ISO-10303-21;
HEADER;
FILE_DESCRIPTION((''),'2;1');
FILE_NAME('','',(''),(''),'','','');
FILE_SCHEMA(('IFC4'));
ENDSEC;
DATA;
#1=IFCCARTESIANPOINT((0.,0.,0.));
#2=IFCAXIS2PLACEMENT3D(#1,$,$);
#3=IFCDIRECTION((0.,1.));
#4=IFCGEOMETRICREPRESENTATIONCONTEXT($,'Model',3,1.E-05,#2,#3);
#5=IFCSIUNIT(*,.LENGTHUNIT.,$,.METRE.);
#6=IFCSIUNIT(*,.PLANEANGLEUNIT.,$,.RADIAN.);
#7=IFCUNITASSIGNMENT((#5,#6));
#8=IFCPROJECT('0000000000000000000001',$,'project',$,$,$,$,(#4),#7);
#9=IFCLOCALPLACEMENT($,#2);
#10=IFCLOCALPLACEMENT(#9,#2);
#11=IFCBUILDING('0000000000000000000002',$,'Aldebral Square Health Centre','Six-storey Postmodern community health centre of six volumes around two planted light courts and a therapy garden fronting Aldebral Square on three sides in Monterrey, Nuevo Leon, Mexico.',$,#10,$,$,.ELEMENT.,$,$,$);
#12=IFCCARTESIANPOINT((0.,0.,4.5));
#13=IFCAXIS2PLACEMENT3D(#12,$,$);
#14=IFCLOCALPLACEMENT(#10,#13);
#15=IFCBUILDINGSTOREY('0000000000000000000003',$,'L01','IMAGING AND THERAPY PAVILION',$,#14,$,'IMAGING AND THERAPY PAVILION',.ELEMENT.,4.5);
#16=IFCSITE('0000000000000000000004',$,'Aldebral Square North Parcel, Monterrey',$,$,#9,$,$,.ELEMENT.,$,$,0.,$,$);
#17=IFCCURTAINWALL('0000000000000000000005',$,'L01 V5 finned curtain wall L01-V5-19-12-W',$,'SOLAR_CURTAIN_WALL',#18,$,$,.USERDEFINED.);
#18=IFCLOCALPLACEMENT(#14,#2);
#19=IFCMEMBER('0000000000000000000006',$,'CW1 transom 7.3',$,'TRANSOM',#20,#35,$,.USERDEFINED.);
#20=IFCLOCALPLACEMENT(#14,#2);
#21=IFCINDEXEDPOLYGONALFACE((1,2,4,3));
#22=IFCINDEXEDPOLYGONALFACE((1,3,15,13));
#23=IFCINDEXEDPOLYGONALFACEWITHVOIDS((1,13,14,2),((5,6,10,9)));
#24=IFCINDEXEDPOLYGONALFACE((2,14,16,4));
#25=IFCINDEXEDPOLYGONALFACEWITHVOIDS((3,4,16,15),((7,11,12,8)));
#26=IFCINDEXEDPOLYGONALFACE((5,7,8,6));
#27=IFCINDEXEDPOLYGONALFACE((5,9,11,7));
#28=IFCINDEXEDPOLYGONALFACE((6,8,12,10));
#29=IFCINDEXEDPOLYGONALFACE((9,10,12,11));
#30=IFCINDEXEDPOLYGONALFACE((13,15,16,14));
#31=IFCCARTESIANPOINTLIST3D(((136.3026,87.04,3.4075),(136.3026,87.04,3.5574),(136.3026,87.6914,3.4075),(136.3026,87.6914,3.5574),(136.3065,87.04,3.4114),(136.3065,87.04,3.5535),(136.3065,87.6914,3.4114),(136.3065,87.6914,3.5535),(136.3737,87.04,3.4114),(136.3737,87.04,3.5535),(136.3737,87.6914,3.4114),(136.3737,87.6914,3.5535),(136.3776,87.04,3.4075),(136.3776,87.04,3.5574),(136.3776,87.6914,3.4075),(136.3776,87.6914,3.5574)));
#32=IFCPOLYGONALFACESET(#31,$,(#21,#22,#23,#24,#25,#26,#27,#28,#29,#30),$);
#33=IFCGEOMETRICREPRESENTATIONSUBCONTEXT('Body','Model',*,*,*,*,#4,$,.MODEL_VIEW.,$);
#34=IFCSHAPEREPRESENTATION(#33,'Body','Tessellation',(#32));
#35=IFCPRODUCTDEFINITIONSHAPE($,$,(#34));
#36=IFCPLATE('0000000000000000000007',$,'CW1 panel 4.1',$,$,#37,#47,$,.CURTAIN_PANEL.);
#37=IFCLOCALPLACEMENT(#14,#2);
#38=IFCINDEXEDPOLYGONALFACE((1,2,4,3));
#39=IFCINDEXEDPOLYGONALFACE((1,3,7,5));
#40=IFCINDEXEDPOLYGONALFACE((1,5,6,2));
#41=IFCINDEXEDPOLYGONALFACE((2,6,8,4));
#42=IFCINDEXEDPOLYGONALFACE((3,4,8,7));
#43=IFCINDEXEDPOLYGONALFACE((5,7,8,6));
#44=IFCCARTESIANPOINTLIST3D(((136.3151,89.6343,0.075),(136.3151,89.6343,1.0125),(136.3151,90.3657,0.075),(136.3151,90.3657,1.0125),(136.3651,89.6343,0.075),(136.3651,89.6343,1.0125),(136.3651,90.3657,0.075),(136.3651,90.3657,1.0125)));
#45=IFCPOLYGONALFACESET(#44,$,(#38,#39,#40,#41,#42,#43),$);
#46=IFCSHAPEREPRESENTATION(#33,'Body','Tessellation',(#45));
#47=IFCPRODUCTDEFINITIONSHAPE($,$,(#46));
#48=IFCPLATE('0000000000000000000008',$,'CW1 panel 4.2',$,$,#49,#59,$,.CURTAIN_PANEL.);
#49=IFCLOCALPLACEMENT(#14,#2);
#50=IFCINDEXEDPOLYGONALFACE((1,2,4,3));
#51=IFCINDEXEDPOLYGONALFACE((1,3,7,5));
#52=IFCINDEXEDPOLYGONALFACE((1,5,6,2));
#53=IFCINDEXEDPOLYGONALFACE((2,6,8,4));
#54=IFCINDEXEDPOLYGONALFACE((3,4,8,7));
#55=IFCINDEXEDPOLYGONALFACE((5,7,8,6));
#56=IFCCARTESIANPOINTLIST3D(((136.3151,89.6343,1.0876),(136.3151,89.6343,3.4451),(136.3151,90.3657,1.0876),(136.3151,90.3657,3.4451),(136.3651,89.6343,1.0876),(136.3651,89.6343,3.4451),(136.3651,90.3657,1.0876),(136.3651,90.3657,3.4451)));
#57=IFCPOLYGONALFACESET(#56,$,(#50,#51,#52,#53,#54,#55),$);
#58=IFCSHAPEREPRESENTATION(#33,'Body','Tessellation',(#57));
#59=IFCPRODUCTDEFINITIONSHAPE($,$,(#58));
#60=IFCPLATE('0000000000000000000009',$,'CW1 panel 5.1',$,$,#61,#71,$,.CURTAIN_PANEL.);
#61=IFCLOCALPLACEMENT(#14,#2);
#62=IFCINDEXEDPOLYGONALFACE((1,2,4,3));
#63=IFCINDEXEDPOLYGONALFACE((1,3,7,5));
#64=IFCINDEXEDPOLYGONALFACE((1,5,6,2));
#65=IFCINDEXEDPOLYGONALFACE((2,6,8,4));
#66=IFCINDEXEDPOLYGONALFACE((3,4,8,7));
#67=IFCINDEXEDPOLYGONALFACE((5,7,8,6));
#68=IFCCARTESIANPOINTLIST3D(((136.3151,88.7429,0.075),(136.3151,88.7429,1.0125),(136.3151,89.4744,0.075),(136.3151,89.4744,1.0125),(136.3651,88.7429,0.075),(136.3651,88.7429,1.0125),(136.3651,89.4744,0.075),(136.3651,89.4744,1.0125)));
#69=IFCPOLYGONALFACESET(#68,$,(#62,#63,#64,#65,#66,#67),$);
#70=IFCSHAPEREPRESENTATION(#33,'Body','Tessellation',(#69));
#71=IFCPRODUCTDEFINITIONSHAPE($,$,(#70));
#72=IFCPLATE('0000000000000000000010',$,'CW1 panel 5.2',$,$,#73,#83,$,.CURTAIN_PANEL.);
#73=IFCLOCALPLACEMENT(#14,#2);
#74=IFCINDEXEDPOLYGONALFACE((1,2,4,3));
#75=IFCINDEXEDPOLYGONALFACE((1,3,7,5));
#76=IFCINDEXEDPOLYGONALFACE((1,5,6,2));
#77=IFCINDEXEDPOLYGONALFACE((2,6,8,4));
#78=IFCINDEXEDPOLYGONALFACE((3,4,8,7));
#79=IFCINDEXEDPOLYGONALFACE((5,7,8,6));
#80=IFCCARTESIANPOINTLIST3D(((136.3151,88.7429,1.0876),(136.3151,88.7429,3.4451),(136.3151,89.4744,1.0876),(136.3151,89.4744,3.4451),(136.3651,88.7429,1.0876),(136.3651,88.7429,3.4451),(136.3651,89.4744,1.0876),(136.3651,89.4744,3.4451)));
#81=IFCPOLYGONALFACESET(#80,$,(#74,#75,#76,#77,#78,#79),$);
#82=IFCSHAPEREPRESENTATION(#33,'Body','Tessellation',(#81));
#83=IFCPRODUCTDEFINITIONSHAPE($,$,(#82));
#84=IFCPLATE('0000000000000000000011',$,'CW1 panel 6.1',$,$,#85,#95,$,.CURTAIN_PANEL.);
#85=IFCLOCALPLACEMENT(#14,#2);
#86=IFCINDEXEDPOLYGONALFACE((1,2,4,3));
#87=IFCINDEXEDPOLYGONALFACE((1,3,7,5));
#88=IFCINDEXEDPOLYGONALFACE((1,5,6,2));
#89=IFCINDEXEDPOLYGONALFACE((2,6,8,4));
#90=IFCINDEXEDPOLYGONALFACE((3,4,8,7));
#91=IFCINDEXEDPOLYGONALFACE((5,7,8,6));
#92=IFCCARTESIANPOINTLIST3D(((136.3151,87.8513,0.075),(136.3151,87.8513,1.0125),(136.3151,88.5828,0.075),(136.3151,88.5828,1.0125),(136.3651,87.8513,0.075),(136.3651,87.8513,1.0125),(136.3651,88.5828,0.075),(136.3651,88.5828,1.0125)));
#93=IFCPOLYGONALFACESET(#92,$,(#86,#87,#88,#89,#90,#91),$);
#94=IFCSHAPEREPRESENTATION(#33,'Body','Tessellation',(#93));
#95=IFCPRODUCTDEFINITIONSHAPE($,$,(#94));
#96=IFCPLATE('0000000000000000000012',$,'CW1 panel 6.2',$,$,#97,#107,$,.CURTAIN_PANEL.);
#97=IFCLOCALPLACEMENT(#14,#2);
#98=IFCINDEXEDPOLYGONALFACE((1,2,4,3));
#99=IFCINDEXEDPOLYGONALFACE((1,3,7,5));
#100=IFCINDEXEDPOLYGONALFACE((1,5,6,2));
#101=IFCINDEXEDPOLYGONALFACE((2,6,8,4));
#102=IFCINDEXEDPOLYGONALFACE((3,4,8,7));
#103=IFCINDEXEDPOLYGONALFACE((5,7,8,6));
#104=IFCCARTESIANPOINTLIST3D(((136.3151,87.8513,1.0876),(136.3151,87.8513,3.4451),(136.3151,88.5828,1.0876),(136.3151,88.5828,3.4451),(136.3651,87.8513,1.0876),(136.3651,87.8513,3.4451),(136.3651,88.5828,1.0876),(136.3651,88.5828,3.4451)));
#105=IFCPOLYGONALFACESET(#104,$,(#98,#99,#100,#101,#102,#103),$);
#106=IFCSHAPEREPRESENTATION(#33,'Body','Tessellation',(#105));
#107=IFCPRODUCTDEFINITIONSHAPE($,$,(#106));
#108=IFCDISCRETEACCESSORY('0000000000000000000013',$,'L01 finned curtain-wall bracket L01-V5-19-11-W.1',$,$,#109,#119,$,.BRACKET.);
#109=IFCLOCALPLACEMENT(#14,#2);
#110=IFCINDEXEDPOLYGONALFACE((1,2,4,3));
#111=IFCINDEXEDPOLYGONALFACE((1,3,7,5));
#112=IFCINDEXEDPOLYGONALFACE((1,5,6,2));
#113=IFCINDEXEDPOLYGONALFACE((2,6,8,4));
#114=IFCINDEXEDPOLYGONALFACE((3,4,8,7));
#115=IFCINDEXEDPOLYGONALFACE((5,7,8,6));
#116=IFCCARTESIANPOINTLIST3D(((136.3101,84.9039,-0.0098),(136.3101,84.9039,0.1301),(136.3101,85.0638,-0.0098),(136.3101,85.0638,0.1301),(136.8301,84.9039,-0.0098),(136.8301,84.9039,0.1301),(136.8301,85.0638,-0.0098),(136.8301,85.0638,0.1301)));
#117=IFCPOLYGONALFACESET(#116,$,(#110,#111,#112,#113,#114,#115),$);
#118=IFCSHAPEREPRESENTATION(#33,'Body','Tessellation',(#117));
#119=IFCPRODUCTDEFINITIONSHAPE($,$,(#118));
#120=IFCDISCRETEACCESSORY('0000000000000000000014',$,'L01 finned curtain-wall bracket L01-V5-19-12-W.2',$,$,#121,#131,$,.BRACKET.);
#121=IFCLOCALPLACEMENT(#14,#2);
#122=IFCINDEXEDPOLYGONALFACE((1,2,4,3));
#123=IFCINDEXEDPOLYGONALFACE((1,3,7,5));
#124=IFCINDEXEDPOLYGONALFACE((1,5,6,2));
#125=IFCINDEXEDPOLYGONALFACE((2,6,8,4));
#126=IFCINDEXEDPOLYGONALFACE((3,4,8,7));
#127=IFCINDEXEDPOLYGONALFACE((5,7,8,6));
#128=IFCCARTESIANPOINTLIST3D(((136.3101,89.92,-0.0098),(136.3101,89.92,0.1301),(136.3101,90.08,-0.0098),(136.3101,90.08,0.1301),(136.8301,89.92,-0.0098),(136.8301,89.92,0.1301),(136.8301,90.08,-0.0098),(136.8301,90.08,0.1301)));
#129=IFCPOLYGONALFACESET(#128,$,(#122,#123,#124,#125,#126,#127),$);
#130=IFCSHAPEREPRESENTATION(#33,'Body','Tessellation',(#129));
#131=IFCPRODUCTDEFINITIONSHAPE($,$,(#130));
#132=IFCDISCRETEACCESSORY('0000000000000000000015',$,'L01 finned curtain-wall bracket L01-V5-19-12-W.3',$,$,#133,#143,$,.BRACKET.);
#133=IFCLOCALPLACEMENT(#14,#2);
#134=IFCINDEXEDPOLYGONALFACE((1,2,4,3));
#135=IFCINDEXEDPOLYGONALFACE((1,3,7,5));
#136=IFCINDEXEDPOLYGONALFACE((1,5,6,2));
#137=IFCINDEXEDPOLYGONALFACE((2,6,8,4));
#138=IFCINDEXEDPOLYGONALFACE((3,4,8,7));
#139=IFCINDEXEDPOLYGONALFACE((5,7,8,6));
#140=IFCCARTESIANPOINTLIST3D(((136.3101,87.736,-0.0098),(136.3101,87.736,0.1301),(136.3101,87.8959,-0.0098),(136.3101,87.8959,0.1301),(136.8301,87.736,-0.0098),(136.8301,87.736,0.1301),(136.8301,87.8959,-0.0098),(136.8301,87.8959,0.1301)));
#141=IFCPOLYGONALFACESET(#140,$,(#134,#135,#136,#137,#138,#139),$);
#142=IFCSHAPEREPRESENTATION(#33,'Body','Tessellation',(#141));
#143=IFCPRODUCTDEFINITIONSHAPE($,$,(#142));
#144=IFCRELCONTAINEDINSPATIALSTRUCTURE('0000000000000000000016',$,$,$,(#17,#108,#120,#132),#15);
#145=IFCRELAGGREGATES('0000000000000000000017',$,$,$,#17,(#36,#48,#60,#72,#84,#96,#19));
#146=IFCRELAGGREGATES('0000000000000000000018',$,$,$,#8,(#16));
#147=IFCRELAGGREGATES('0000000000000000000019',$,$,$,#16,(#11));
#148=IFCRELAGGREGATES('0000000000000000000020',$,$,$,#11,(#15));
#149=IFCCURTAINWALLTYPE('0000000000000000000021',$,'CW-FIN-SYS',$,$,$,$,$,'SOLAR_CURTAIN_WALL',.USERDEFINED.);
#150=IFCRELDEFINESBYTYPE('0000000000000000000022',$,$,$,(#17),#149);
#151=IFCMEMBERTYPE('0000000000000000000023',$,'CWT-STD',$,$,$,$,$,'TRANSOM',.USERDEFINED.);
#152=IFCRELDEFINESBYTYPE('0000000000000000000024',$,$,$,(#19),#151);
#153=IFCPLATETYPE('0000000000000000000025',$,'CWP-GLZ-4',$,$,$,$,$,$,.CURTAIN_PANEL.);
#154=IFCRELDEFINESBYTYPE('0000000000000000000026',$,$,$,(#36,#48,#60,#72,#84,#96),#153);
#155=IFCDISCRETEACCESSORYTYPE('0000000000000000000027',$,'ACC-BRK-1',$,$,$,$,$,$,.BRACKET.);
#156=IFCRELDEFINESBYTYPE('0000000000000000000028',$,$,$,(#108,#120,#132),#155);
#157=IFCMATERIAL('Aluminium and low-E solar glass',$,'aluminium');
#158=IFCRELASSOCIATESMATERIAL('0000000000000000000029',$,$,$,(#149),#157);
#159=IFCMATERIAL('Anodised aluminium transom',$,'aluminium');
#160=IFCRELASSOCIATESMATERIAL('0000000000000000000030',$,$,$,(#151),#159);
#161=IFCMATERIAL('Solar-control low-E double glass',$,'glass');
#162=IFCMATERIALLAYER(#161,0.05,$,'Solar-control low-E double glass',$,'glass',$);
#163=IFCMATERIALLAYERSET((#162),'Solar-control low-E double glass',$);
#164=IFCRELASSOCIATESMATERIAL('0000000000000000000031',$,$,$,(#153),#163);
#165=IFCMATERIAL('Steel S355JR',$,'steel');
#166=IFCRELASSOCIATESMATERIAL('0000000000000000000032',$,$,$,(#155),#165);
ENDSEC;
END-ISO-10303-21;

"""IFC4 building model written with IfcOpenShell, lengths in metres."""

from ifc_helpers import new_model, si_unit, direction, frame, origin, origin_2d, place, context, subcontext, project, spatial, rectangle, hollow_rectangle, extrude, material, layer, layer_set, material_profile, profile_set, type_object, element, aggregate, save


model = new_model("IFC4")

# Units and contexts
model_context = context("Model", 3, precision=1e-05, world=origin(), true_north=direction((0.0, 1.0)))
body_context = subcontext(model_context, "Body", "Model", "MODEL_VIEW")
ifc_project = project(units=[si_unit("LENGTHUNIT", "METRE"), si_unit("PLANEANGLEUNIT", "RADIAN")], contexts=[model_context])

# Site, building, storey
site_placement = place(None, origin())
site = spatial("IfcSite", under=ifc_project, at=site_placement, Name="Aldebral Square North Parcel, Monterrey", CompositionType="ELEMENT", RefElevation=0.0)
building_placement = place(site_placement, origin())
building = spatial("IfcBuilding", under=site, at=building_placement, Name="Aldebral Square Health Centre", Description="Six-storey Postmodern community health centre of six volumes around two planted light courts and a therapy garden fronting Aldebral Square on three sides in Monterrey, Nuevo Leon, Mexico.", CompositionType="ELEMENT")
storey_placement = place(building_placement, frame((0.0, 0.0, 4.5)))
storey = spatial("IfcBuildingStorey", under=building, at=storey_placement, Name="L01", Description="IMAGING AND THERAPY PAVILION", LongName="IMAGING AND THERAPY PAVILION", CompositionType="ELEMENT", Elevation=4.5)

# Curtain wall, member, plates
ifc_material_1 = material(Name="Aluminium and low-E solar glass", Category="aluminium")
curtain_wall_type = type_object("IfcCurtainWallType", Name="CW-FIN-SYS", ElementType="SOLAR_CURTAIN_WALL", PredefinedType="USERDEFINED", material=ifc_material_1)
curtain_wall_placement = place(storey_placement, origin())
curtain_wall = element("IfcCurtainWall", 1, at=curtain_wall_placement, inside=storey, type_object=curtain_wall_type, Name="L01 V5 finned curtain wall L01-V5-19-12-W", ObjectType="SOLAR_CURTAIN_WALL", PredefinedType="USERDEFINED")
ifc_material_2 = material(Name="Anodised aluminium transom", Category="aluminium")
ifc_material_profile_1 = material_profile(ifc_material_2, hollow_rectangle(XDim=0.075, YDim=0.1499, WallThickness=0.0039, at=origin_2d()), Name="CWT 75x150x4")
ifc_profile_set_1 = profile_set([ifc_material_profile_1], Name="Anodised aluminium transom")
member_type_1 = type_object("IfcMemberType", Name="CWT-STD", ElementType="TRANSOM", PredefinedType="USERDEFINED", material=ifc_profile_set_1)
member_1_placement = place(storey_placement, frame((136.3401, 87.6914, 3.4824), z_axis=(0.0, -1.0, 0.0), x_axis=(1.0, 0.0, 0.0)))
member_1 = element("IfcMember", 2, at=member_1_placement, type_object=member_type_1, Name="CW1 transom 7.3", ObjectType="TRANSOM", PredefinedType="USERDEFINED", context=body_context, shape_type="SweptSolid", body=[
    extrude(hollow_rectangle(XDim=0.075, YDim=0.1499, WallThickness=0.0039, at=origin_2d()), origin(), (0.0, 0.0, 1.0), 0.6514),
])
ifc_material_3 = material(Name="Solar-control low-E double glass", Category="glass")
ifc_layer = layer(ifc_material_3, 0.05, Name="Solar-control low-E double glass", Category="glass")
ifc_layer_set = layer_set([ifc_layer], Name="Solar-control low-E double glass")
plate_type = type_object("IfcPlateType", Name="CWP-GLZ-4", PredefinedType="CURTAIN_PANEL", material=ifc_layer_set)
plate_1_placement = place(storey_placement, frame((136.3401, 90.0, 0.075), z_axis=(0.0, 0.0, 1.0), x_axis=(0.0, -1.0, 0.0)))
plate_1 = element("IfcPlate", 3, at=plate_1_placement, type_object=plate_type, Name="CW1 panel 4.1", PredefinedType="CURTAIN_PANEL", context=body_context, shape_type="SweptSolid", body=[
    extrude(rectangle(XDim=0.7314, YDim=0.05, at=origin_2d()), origin(), (0.0, 0.0, 1.0), 0.9375),
])
plate_2_placement = place(storey_placement, frame((136.3401, 90.0, 1.0876), z_axis=(0.0, 0.0, 1.0), x_axis=(0.0, -1.0, 0.0)))
plate_2 = element("IfcPlate", 4, at=plate_2_placement, type_object=plate_type, Name="CW1 panel 4.2", PredefinedType="CURTAIN_PANEL", context=body_context, shape_type="SweptSolid", body=[
    extrude(rectangle(XDim=0.7314, YDim=0.05, at=origin_2d()), origin(), (0.0, 0.0, 1.0), 2.3574),
])
plate_3_placement = place(storey_placement, frame((136.3401, 89.1086, 0.075), z_axis=(0.0, 0.0, 1.0), x_axis=(0.0, -1.0, 0.0)))
plate_3 = element("IfcPlate", 5, at=plate_3_placement, type_object=plate_type, Name="CW1 panel 5.1", PredefinedType="CURTAIN_PANEL", context=body_context, shape_type="SweptSolid", body=[
    extrude(rectangle(XDim=0.7314, YDim=0.05, at=origin_2d()), origin(), (0.0, 0.0, 1.0), 0.9375),
])
plate_4_placement = place(storey_placement, frame((136.3401, 89.1086, 1.0876), z_axis=(0.0, 0.0, 1.0), x_axis=(0.0, -1.0, 0.0)))
plate_4 = element("IfcPlate", 6, at=plate_4_placement, type_object=plate_type, Name="CW1 panel 5.2", PredefinedType="CURTAIN_PANEL", context=body_context, shape_type="SweptSolid", body=[
    extrude(rectangle(XDim=0.7314, YDim=0.05, at=origin_2d()), origin(), (0.0, 0.0, 1.0), 2.3574),
])
plate_5_placement = place(storey_placement, frame((136.3401, 88.217, 0.075), z_axis=(0.0, 0.0, 1.0), x_axis=(0.0, -1.0, 0.0)))
plate_5 = element("IfcPlate", 7, at=plate_5_placement, type_object=plate_type, Name="CW1 panel 6.1", PredefinedType="CURTAIN_PANEL", context=body_context, shape_type="SweptSolid", body=[
    extrude(rectangle(XDim=0.7314, YDim=0.05, at=origin_2d()), origin(), (0.0, 0.0, 1.0), 0.9375),
])
plate_6_placement = place(storey_placement, frame((136.3401, 88.217, 1.0876), z_axis=(0.0, 0.0, 1.0), x_axis=(0.0, -1.0, 0.0)))
plate_6 = element("IfcPlate", 8, at=plate_6_placement, type_object=plate_type, Name="CW1 panel 6.2", PredefinedType="CURTAIN_PANEL", context=body_context, shape_type="SweptSolid", body=[
    extrude(rectangle(XDim=0.7314, YDim=0.05, at=origin_2d()), origin(), (0.0, 0.0, 1.0), 2.3574),
])
aggregate(curtain_wall, [plate_1, plate_2, plate_3, plate_4, plate_5, plate_6, member_1])

# Discrete accessories
ifc_material_4 = material(Name="Steel S355JR", Category="steel")
discrete_accessory_type = type_object("IfcDiscreteAccessoryType", Name="ACC-BRK-1", PredefinedType="BRACKET", material=ifc_material_4)
for number, where, z_axis, x_axis, name in (
    (9, (136.5701, 84.9839, -0.0098), (0.0, 0.0, 1.0), (0.0, 1.0, 0.0), "L01 finned curtain-wall bracket L01-V5-19-11-W.1"),
    (10, (136.5701, 90.0, -0.0098), (0.0, 0.0, 1.0), (0.0, 1.0, 0.0), "L01 finned curtain-wall bracket L01-V5-19-12-W.2"),
    (11, (136.5701, 87.8159, -0.0098), (0.0, 0.0, 1.0), (0.0, 1.0, 0.0), "L01 finned curtain-wall bracket L01-V5-19-12-W.3"),
):
    element("IfcDiscreteAccessory", number, at=place(storey_placement, frame(where, z_axis=z_axis, x_axis=x_axis)), inside=storey, type_object=discrete_accessory_type, Name=name, PredefinedType="BRACKET", context=body_context, shape_type="SweptSolid", body=[
        extrude(rectangle(XDim=0.1599, YDim=0.52, at=origin_2d()), origin(), (0.0, 0.0, 1.0), 0.1399),
    ])

save(model, "model.ifc")
